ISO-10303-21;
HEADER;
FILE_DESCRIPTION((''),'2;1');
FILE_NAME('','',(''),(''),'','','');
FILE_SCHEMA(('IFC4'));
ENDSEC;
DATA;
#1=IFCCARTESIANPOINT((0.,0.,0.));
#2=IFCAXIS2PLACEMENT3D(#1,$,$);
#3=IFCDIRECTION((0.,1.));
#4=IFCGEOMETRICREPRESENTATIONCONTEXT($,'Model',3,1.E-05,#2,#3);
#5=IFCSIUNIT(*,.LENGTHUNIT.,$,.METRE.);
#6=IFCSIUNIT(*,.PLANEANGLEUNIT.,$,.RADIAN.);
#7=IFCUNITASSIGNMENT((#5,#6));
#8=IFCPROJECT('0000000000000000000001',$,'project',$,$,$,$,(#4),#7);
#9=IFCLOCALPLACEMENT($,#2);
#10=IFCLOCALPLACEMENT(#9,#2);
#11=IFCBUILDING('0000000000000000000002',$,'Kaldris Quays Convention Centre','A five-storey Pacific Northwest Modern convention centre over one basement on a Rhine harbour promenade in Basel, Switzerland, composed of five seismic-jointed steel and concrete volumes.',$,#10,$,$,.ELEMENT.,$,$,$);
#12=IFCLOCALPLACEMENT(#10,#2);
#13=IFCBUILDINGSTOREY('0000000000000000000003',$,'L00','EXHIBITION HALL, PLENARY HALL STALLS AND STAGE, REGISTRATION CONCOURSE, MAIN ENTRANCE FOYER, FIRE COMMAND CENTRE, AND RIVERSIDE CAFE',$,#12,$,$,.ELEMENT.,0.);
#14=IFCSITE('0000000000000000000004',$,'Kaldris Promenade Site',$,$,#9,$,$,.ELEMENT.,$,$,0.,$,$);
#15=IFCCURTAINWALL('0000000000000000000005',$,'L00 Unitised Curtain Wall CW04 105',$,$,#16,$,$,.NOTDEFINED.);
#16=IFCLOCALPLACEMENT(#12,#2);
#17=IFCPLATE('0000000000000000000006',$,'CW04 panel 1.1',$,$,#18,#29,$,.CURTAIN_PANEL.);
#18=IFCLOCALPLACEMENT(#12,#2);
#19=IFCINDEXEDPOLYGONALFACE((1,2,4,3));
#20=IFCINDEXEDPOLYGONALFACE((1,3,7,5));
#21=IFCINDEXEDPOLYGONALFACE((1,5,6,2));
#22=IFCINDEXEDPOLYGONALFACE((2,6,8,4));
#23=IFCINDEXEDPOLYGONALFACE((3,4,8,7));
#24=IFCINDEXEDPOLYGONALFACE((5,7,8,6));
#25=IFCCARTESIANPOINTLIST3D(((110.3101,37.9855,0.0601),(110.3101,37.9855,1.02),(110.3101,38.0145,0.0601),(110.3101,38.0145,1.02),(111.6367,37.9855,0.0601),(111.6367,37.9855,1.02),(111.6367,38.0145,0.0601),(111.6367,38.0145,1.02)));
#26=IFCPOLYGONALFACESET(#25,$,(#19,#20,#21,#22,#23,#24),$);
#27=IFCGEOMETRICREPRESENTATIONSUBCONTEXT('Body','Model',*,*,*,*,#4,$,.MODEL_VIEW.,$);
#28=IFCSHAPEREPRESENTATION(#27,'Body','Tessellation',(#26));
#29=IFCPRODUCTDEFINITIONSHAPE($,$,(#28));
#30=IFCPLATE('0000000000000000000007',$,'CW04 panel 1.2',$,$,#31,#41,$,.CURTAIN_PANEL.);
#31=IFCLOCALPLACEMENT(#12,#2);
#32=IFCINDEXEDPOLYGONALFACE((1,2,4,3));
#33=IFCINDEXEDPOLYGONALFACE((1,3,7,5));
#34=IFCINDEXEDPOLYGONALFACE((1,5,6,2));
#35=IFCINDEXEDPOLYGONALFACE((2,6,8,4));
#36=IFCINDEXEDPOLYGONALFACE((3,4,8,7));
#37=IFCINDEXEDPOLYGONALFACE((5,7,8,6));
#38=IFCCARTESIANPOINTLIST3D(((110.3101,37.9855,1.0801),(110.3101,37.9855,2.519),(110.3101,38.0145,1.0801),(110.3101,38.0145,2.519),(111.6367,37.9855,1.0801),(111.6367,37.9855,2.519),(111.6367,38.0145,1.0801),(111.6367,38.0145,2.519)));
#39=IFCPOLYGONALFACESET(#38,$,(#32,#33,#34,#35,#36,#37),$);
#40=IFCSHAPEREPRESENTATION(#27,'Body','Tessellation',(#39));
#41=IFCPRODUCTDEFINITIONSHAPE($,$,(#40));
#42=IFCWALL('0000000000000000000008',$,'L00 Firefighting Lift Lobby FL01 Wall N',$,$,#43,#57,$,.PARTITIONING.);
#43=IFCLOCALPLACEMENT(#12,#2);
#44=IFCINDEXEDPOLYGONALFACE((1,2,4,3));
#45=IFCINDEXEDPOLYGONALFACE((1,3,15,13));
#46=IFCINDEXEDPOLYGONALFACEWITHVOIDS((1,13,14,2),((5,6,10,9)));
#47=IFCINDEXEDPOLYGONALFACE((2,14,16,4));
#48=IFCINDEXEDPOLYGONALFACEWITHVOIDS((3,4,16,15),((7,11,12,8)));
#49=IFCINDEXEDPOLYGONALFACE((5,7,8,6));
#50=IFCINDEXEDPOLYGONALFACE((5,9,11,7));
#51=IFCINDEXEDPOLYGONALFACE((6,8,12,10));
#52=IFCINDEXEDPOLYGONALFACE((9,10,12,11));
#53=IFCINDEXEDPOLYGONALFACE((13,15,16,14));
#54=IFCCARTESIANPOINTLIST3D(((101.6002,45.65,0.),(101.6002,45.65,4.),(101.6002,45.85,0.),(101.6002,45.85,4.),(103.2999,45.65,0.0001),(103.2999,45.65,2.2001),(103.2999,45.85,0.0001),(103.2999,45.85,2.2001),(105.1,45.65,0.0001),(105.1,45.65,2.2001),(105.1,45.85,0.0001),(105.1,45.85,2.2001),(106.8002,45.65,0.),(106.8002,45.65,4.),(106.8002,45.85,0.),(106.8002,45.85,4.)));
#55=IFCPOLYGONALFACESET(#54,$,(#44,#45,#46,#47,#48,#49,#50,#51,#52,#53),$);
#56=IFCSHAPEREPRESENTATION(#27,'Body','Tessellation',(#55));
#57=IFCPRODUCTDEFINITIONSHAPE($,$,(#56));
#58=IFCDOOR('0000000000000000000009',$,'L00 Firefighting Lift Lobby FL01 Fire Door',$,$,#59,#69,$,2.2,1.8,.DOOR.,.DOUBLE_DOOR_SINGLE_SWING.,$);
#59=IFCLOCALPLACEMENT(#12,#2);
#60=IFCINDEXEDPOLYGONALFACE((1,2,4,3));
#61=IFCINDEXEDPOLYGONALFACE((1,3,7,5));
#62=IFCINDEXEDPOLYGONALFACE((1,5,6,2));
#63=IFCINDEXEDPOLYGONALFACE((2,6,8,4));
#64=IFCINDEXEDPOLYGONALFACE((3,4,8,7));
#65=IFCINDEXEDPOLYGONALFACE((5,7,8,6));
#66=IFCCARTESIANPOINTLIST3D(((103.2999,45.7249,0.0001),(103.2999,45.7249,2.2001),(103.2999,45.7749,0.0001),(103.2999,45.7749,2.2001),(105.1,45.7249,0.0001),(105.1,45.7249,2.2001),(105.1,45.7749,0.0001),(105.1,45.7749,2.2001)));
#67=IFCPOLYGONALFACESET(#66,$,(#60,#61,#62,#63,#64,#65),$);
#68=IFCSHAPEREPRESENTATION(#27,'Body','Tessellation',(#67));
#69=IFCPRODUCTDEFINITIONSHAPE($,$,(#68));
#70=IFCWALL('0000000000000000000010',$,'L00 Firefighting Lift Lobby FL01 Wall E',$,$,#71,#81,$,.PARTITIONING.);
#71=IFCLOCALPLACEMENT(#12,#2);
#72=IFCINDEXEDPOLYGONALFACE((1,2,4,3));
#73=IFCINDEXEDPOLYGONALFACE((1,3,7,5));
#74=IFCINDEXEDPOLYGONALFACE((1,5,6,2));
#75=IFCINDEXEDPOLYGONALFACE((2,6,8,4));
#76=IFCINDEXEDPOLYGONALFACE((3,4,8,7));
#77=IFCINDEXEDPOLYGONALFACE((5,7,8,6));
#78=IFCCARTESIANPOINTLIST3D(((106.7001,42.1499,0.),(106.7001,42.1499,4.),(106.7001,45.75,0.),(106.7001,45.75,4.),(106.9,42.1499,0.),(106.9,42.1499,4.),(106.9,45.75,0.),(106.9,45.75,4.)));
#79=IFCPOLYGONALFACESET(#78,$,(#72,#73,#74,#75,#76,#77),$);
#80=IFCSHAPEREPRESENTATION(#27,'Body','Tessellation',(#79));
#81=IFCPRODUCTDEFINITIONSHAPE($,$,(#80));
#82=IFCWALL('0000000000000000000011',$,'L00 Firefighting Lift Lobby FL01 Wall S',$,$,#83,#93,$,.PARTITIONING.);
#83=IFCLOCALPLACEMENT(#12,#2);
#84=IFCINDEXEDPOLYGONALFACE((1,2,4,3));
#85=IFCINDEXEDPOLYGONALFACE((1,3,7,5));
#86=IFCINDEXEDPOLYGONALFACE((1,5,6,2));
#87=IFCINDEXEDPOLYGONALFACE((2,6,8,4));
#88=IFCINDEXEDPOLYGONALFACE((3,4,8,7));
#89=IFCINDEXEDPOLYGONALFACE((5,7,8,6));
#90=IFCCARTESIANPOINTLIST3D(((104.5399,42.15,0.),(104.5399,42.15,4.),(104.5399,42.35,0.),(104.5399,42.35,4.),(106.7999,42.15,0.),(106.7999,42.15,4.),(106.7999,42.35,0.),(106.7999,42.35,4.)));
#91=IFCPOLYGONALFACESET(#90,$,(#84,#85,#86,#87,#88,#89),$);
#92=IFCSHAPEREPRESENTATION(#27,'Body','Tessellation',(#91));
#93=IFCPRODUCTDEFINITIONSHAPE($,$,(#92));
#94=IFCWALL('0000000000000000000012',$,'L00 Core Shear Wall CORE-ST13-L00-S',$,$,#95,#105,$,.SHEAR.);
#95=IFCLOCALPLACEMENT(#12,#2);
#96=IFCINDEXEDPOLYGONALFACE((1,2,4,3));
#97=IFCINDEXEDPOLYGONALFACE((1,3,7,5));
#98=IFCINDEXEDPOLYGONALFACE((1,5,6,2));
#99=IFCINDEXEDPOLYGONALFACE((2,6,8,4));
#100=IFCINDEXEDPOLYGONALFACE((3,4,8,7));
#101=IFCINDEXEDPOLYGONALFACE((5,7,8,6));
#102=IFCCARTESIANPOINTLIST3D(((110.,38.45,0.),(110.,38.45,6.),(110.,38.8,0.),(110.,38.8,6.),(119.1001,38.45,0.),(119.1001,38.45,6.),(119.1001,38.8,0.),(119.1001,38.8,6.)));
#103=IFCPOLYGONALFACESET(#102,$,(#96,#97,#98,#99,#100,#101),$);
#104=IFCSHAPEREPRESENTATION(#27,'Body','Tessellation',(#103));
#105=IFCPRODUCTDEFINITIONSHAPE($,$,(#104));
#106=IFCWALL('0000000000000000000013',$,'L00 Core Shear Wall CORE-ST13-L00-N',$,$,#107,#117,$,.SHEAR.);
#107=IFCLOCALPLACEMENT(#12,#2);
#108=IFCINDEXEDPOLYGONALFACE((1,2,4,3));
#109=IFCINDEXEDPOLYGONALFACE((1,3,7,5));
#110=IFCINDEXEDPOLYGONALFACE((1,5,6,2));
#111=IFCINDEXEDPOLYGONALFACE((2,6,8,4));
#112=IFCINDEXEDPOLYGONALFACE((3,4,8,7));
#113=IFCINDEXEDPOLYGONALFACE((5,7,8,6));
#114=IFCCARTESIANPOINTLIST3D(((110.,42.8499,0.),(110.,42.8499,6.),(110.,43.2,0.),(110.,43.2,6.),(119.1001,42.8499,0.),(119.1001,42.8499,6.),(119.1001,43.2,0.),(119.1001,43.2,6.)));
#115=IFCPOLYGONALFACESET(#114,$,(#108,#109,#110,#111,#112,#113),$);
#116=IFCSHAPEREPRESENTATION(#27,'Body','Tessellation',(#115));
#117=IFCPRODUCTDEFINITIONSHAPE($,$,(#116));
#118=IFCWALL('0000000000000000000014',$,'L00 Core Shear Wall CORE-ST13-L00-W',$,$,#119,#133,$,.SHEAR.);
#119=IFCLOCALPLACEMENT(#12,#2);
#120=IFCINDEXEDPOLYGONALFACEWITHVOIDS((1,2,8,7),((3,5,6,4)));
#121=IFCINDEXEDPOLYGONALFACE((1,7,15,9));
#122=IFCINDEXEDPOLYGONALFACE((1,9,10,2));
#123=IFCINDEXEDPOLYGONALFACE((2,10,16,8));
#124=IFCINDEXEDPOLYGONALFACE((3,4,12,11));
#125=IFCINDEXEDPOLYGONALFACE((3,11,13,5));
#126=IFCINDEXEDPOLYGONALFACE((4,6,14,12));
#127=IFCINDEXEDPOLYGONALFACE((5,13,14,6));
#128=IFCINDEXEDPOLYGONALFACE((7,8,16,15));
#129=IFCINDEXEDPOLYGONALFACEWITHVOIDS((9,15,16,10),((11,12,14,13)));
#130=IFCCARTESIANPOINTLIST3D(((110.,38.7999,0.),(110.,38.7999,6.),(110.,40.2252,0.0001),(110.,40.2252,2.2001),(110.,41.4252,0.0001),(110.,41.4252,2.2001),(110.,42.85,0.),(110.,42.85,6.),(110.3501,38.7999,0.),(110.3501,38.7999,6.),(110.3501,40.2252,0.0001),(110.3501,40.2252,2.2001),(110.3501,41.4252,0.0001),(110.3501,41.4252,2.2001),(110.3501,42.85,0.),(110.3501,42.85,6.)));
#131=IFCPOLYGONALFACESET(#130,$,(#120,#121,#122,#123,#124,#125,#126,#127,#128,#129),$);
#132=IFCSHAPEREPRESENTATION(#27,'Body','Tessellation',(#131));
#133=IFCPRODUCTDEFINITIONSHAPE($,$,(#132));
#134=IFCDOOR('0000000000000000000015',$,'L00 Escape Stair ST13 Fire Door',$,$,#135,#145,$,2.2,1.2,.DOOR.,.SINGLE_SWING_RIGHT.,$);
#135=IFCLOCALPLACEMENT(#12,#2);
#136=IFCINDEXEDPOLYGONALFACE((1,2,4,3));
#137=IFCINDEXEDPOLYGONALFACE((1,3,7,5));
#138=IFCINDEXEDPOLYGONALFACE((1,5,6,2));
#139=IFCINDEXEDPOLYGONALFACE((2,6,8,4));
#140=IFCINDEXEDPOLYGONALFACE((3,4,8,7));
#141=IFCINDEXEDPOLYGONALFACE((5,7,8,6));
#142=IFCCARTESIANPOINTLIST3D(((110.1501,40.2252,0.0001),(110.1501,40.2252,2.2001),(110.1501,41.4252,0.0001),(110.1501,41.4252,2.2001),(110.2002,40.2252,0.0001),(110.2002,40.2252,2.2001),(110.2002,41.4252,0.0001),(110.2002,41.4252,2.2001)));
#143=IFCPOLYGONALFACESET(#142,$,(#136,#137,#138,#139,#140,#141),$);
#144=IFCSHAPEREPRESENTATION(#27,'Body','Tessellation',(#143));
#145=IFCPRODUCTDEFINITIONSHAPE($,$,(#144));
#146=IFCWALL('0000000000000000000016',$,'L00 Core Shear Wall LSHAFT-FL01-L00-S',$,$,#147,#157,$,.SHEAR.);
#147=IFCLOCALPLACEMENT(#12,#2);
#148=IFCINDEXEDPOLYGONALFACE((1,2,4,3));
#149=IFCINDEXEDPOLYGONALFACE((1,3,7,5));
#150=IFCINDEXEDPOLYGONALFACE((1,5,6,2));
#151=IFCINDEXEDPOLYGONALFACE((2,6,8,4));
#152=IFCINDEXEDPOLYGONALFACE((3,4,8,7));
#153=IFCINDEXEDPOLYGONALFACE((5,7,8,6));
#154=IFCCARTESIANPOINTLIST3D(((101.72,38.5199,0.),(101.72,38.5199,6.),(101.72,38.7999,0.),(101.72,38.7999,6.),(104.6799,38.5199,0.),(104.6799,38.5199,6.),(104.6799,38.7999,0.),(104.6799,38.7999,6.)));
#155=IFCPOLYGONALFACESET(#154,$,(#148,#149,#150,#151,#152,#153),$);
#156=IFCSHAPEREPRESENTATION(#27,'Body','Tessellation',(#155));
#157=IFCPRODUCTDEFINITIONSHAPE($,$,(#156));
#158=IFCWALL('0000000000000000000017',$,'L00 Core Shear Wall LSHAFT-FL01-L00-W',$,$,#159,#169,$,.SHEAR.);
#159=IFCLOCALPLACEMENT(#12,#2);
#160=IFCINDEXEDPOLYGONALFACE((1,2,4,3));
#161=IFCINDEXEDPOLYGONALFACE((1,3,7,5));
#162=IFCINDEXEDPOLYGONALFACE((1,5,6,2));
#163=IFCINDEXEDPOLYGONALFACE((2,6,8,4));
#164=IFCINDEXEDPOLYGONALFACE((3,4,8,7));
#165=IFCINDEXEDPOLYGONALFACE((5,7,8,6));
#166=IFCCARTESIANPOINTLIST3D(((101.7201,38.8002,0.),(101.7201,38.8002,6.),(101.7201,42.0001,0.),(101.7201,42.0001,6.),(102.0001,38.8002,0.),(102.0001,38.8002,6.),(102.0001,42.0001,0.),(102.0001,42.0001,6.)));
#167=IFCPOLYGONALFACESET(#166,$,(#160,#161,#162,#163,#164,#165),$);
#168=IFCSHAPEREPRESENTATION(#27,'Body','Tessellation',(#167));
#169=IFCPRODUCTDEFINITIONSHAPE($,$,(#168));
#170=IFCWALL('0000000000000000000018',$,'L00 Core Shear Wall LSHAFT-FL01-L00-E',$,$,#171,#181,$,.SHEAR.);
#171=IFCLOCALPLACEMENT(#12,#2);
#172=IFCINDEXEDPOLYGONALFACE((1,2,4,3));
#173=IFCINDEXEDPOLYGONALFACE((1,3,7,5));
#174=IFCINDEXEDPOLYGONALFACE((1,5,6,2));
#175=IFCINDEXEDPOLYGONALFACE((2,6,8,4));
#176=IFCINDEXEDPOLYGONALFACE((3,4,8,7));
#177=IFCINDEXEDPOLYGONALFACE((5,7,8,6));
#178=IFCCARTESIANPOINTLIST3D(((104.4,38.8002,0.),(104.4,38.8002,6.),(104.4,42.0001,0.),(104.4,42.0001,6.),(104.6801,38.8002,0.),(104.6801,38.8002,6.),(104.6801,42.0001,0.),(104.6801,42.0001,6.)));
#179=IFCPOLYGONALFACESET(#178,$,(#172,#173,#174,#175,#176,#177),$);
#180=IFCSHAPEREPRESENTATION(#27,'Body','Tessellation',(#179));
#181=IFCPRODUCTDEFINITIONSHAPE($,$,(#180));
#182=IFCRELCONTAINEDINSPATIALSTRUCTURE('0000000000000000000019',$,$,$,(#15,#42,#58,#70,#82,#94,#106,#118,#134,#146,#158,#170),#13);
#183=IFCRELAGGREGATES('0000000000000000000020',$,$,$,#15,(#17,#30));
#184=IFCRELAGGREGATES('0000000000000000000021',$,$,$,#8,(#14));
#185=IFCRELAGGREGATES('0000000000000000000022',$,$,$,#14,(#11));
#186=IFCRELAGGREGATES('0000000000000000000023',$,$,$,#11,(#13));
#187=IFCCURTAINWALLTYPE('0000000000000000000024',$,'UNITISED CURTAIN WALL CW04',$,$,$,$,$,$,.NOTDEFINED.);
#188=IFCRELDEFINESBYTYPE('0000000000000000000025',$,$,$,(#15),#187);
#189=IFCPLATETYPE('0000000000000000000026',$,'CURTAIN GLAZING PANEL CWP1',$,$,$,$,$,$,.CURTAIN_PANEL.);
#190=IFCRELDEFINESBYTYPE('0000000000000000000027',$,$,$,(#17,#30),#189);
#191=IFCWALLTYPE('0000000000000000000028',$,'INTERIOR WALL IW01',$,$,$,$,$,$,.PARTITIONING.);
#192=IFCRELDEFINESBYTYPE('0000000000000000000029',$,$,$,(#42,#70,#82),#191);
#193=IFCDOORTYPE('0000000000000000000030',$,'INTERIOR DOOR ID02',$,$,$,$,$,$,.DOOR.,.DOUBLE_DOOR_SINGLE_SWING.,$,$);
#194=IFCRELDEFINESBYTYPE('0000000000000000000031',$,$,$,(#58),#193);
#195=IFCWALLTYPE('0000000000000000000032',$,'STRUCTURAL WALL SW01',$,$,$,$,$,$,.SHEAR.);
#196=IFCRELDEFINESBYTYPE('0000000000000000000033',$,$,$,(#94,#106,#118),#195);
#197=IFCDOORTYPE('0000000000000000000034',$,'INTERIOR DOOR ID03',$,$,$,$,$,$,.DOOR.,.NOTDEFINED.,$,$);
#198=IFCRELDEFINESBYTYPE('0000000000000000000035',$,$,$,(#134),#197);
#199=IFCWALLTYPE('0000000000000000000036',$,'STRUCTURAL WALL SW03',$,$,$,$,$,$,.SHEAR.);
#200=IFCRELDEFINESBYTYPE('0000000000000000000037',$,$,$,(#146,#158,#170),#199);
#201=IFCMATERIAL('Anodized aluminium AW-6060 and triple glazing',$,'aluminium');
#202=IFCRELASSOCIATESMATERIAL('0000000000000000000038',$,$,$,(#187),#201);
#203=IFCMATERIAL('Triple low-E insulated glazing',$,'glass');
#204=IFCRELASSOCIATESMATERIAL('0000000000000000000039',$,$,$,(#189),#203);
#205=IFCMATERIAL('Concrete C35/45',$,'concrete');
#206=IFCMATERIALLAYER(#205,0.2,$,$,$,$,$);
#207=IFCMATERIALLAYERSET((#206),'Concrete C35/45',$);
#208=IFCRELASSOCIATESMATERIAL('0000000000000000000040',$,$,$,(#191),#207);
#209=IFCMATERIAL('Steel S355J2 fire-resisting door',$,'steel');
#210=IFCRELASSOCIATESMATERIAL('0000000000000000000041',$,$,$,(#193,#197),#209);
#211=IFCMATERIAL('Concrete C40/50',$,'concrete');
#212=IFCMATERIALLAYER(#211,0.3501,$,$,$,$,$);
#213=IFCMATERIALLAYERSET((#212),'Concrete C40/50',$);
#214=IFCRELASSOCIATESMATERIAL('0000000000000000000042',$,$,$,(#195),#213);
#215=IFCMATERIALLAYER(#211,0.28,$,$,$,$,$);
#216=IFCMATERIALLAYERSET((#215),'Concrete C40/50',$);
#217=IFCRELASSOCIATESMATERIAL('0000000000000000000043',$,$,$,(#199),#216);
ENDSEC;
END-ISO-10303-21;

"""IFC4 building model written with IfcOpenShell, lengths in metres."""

from ifc_helpers import new_model, si_unit, direction, frame, frame_2d, origin, origin_2d, place, context, subcontext, project, spatial, rectangle, extrude, material, layer, layer_set, type_object, element, fill, aggregate, save


model = new_model("IFC4")

# Units and contexts
model_context = context("Model", 3, precision=1e-05, world=origin(), true_north=direction((0.0, 1.0)))
body_context = subcontext(model_context, "Body", "Model", "MODEL_VIEW")
ifc_project = project(units=[si_unit("LENGTHUNIT", "METRE"), si_unit("PLANEANGLEUNIT", "RADIAN")], contexts=[model_context])

# Site, building, storey
site_placement = place(None, origin())
site = spatial("IfcSite", under=ifc_project, at=site_placement, Name="Kaldris Promenade Site", CompositionType="ELEMENT", RefElevation=0.0)
building_placement = place(site_placement, origin())
building = spatial("IfcBuilding", under=site, at=building_placement, Name="Kaldris Quays Convention Centre", Description="A five-storey Pacific Northwest Modern convention centre over one basement on a Rhine harbour promenade in Basel, Switzerland, composed of five seismic-jointed steel and concrete volumes.", CompositionType="ELEMENT")
storey_placement = place(building_placement, origin())
storey = spatial("IfcBuildingStorey", under=building, at=storey_placement, Name="L00", Description="EXHIBITION HALL, PLENARY HALL STALLS AND STAGE, REGISTRATION CONCOURSE, MAIN ENTRANCE FOYER, FIRE COMMAND CENTRE, AND RIVERSIDE CAFE", CompositionType="ELEMENT", Elevation=0.0)

# Curtain wall
ifc_material_1 = material(Name="Anodized aluminium AW-6060 and triple glazing", Category="aluminium")
curtain_wall_type = type_object("IfcCurtainWallType", Name="UNITISED CURTAIN WALL CW04", PredefinedType="NOTDEFINED", material=ifc_material_1)
curtain_wall_placement = place(storey_placement, origin())
curtain_wall = element("IfcCurtainWall", 1, at=curtain_wall_placement, inside=storey, type_object=curtain_wall_type, Name="L00 Unitised Curtain Wall CW04 105", PredefinedType="NOTDEFINED")

# Plates
ifc_material_2 = material(Name="Triple low-E insulated glazing", Category="glass")
plate_type = type_object("IfcPlateType", Name="CURTAIN GLAZING PANEL CWP1", PredefinedType="CURTAIN_PANEL", material=ifc_material_2)
plate_1_placement = place(storey_placement, frame((110.9734, 38.0, 0.0601), z_axis=(0.0, 0.0, 1.0), x_axis=(1.0, 0.0, 0.0)))
plate_1 = element("IfcPlate", 2, at=plate_1_placement, type_object=plate_type, Name="CW04 panel 1.1", PredefinedType="CURTAIN_PANEL", context=body_context, shape_type="SweptSolid", body=[
    extrude(rectangle(XDim=1.3267, YDim=0.0291, at=origin_2d()), origin(), (0.0, 0.0, 1.0), 0.96),
])
plate_2_placement = place(storey_placement, frame((110.9734, 38.0, 1.0801), z_axis=(0.0, 0.0, 1.0), x_axis=(1.0, 0.0, 0.0)))
plate_2 = element("IfcPlate", 3, at=plate_2_placement, type_object=plate_type, Name="CW04 panel 1.2", PredefinedType="CURTAIN_PANEL", context=body_context, shape_type="SweptSolid", body=[
    extrude(rectangle(XDim=1.3267, YDim=0.0291, at=origin_2d()), origin(), (0.0, 0.0, 1.0), 1.439),
])
aggregate(curtain_wall, [plate_1, plate_2])

# Wall, opening, door
ifc_material_3 = material(Name="Concrete C35/45", Category="concrete")
ifc_layer_1 = layer(ifc_material_3, 0.2)
ifc_layer_set_1 = layer_set([ifc_layer_1], Name="Concrete C35/45")
wall_type_1 = type_object("IfcWallType", Name="INTERIOR WALL IW01", PredefinedType="PARTITIONING", material=ifc_layer_set_1)
wall_1_placement = place(storey_placement, frame((101.6001, 45.75, 0.0), z_axis=(0.0, 0.0, 1.0), x_axis=(1.0, 0.0, 0.0)))
wall_1 = element("IfcWall", 4, at=wall_1_placement, inside=storey, type_object=wall_type_1, Name="L00 Firefighting Lift Lobby FL01 Wall N", PredefinedType="PARTITIONING", context=body_context, shape_type="SweptSolid", body=[
    extrude(rectangle(XDim=5.2, YDim=0.2, at=frame_2d((2.6001, 0.0))), origin(), (0.0, 0.0, 1.0), 4.0),
])
opening_1_placement = place(wall_1_placement, frame((1.7, 0.0, 0.0)))
opening_1 = element("IfcOpeningElement", 5, at=opening_1_placement, cuts=wall_1, PredefinedType="OPENING", context=body_context, shape_type="SweptSolid", body=[
    extrude(rectangle(XDim=1.8, YDim=2.2, at=frame_2d((0.8999, 1.1001))), frame((0.0, 0.1099, 0.0), z_axis=(0.0, -1.0, 0.0), x_axis=(1.0, 0.0, 0.0)), (0.0, 0.0, 1.0), 0.22),
])
ifc_material_4 = material(Name="Steel S355J2 fire-resisting door", Category="steel")
door_type_1 = type_object("IfcDoorType", Name="INTERIOR DOOR ID02", OperationType="DOUBLE_DOOR_SINGLE_SWING", PredefinedType="DOOR", material=ifc_material_4)
door_1_placement = place(opening_1_placement, origin())
door_1 = element("IfcDoor", 6, at=door_1_placement, inside=storey, type_object=door_type_1, Name="L00 Firefighting Lift Lobby FL01 Fire Door", OperationType="DOUBLE_DOOR_SINGLE_SWING", OverallHeight=2.2, OverallWidth=1.8, PredefinedType="DOOR", context=body_context, shape_type="SweptSolid", body=[
    extrude(rectangle(XDim=1.8, YDim=2.2, at=frame_2d((0.8999, 1.1001))), frame((0.0, 0.0249, 0.0), z_axis=(0.0, -1.0, 0.0), x_axis=(1.0, 0.0, 0.0)), (0.0, 0.0, 1.0), 0.05),
])
fill(opening_1, door_1)

# Walls
wall_2_placement = place(storey_placement, frame((106.8, 42.1499, 0.0), z_axis=(0.0, 0.0, 1.0), x_axis=(0.0, 1.0, 0.0)))
element("IfcWall", 7, at=wall_2_placement, inside=storey, type_object=wall_type_1, Name="L00 Firefighting Lift Lobby FL01 Wall E", PredefinedType="PARTITIONING", context=body_context, shape_type="SweptSolid", body=[
    extrude(rectangle(XDim=3.6001, YDim=0.2, at=frame_2d((1.8, 0.0))), origin(), (0.0, 0.0, 1.0), 4.0),
])
wall_3_placement = place(storey_placement, frame((104.54, 42.25, 0.0), z_axis=(0.0, 0.0, 1.0), x_axis=(1.0, 0.0, 0.0)))
element("IfcWall", 8, at=wall_3_placement, inside=storey, type_object=wall_type_1, Name="L00 Firefighting Lift Lobby FL01 Wall S", PredefinedType="PARTITIONING", context=body_context, shape_type="SweptSolid", body=[
    extrude(rectangle(XDim=2.26, YDim=0.2, at=frame_2d((1.1299, 0.0))), origin(), (0.0, 0.0, 1.0), 4.0),
])
ifc_material_5 = material(Name="Concrete C40/50", Category="concrete")
ifc_layer_2 = layer(ifc_material_5, 0.3501)
ifc_layer_set_2 = layer_set([ifc_layer_2], Name="Concrete C40/50")
wall_type_2 = type_object("IfcWallType", Name="STRUCTURAL WALL SW01", PredefinedType="SHEAR", material=ifc_layer_set_2)
for number, where, z_axis, x_axis, name in (
    (9, (110.0, 38.625, 0.0), (0.0, 0.0, 1.0), (1.0, 0.0, 0.0), "L00 Core Shear Wall CORE-ST13-L00-S"),
    (10, (110.0, 43.0249, 0.0), (0.0, 0.0, 1.0), (1.0, 0.0, 0.0), "L00 Core Shear Wall CORE-ST13-L00-N"),
):
    element("IfcWall", number, at=place(storey_placement, frame(where, z_axis=z_axis, x_axis=x_axis)), inside=storey, type_object=wall_type_2, Name=name, PredefinedType="SHEAR", context=body_context, shape_type="SweptSolid", body=[
        extrude(rectangle(XDim=9.1001, YDim=0.3501, at=frame_2d((4.55, 0.0))), origin(), (0.0, 0.0, 1.0), 6.0),
    ])

# Wall, opening, door
wall_4_placement = place(storey_placement, frame((110.175, 38.8, 0.0), z_axis=(0.0, 0.0, 1.0), x_axis=(0.0, 1.0, 0.0)))
wall_4 = element("IfcWall", 11, at=wall_4_placement, inside=storey, type_object=wall_type_2, Name="L00 Core Shear Wall CORE-ST13-L00-W", PredefinedType="SHEAR", context=body_context, shape_type="SweptSolid", body=[
    extrude(rectangle(XDim=4.05, YDim=0.3501, at=frame_2d((2.0249, 0.0))), origin(), (0.0, 0.0, 1.0), 6.0),
])
opening_2_placement = place(wall_4_placement, frame((1.425, 0.0, 0.0)))
opening_2 = element("IfcOpeningElement", 12, at=opening_2_placement, cuts=wall_4, PredefinedType="OPENING", context=body_context, shape_type="SweptSolid", body=[
    extrude(rectangle(XDim=1.2, YDim=2.2, at=frame_2d((0.6001, 1.1001))), frame((0.0, 0.1851, 0.0), z_axis=(0.0, -1.0, 0.0), x_axis=(1.0, 0.0, 0.0)), (0.0, 0.0, 1.0), 0.3701),
])
door_type_2 = type_object("IfcDoorType", Name="INTERIOR DOOR ID03", OperationType="NOTDEFINED", PredefinedType="DOOR", material=ifc_material_4)
door_2_placement = place(opening_2_placement, origin())
door_2 = element("IfcDoor", 13, at=door_2_placement, inside=storey, type_object=door_type_2, Name="L00 Escape Stair ST13 Fire Door", OperationType="SINGLE_SWING_RIGHT", OverallHeight=2.2, OverallWidth=1.2, PredefinedType="DOOR", context=body_context, shape_type="SweptSolid", body=[
    extrude(rectangle(XDim=1.2, YDim=2.2, at=frame_2d((0.6001, 1.1001))), frame((0.0, 0.0249, 0.0), z_axis=(0.0, -1.0, 0.0), x_axis=(1.0, 0.0, 0.0)), (0.0, 0.0, 1.0), 0.05),
])
fill(opening_2, door_2)

# Wall
ifc_layer_3 = layer(ifc_material_5, 0.28)
ifc_layer_set_3 = layer_set([ifc_layer_3], Name="Concrete C40/50")
wall_type_3 = type_object("IfcWallType", Name="STRUCTURAL WALL SW03", PredefinedType="SHEAR", material=ifc_layer_set_3)
wall_5_placement = place(storey_placement, frame((101.72, 38.6599, 0.0), z_axis=(0.0, 0.0, 1.0), x_axis=(1.0, 0.0, 0.0)))
element("IfcWall", 14, at=wall_5_placement, inside=storey, type_object=wall_type_3, Name="L00 Core Shear Wall LSHAFT-FL01-L00-S", PredefinedType="SHEAR", context=body_context, shape_type="SweptSolid", body=[
    extrude(rectangle(XDim=2.96, YDim=0.28, at=frame_2d((1.48, 0.0))), origin(), (0.0, 0.0, 1.0), 6.0),
])

# Walls
for number, where, z_axis, x_axis, name in (
    (15, (101.8601, 38.8, 0.0), (0.0, 0.0, 1.0), (0.0, 1.0, 0.0), "L00 Core Shear Wall LSHAFT-FL01-L00-W"),
    (16, (104.54, 38.8, 0.0), (0.0, 0.0, 1.0), (0.0, 1.0, 0.0), "L00 Core Shear Wall LSHAFT-FL01-L00-E"),
):
    element("IfcWall", number, at=place(storey_placement, frame(where, z_axis=z_axis, x_axis=x_axis)), inside=storey, type_object=wall_type_3, Name=name, PredefinedType="SHEAR", context=body_context, shape_type="SweptSolid", body=[
        extrude(rectangle(XDim=3.2, YDim=0.28, at=frame_2d((1.6001, 0.0))), origin(), (0.0, 0.0, 1.0), 6.0),
    ])

save(model, "model.ifc")
